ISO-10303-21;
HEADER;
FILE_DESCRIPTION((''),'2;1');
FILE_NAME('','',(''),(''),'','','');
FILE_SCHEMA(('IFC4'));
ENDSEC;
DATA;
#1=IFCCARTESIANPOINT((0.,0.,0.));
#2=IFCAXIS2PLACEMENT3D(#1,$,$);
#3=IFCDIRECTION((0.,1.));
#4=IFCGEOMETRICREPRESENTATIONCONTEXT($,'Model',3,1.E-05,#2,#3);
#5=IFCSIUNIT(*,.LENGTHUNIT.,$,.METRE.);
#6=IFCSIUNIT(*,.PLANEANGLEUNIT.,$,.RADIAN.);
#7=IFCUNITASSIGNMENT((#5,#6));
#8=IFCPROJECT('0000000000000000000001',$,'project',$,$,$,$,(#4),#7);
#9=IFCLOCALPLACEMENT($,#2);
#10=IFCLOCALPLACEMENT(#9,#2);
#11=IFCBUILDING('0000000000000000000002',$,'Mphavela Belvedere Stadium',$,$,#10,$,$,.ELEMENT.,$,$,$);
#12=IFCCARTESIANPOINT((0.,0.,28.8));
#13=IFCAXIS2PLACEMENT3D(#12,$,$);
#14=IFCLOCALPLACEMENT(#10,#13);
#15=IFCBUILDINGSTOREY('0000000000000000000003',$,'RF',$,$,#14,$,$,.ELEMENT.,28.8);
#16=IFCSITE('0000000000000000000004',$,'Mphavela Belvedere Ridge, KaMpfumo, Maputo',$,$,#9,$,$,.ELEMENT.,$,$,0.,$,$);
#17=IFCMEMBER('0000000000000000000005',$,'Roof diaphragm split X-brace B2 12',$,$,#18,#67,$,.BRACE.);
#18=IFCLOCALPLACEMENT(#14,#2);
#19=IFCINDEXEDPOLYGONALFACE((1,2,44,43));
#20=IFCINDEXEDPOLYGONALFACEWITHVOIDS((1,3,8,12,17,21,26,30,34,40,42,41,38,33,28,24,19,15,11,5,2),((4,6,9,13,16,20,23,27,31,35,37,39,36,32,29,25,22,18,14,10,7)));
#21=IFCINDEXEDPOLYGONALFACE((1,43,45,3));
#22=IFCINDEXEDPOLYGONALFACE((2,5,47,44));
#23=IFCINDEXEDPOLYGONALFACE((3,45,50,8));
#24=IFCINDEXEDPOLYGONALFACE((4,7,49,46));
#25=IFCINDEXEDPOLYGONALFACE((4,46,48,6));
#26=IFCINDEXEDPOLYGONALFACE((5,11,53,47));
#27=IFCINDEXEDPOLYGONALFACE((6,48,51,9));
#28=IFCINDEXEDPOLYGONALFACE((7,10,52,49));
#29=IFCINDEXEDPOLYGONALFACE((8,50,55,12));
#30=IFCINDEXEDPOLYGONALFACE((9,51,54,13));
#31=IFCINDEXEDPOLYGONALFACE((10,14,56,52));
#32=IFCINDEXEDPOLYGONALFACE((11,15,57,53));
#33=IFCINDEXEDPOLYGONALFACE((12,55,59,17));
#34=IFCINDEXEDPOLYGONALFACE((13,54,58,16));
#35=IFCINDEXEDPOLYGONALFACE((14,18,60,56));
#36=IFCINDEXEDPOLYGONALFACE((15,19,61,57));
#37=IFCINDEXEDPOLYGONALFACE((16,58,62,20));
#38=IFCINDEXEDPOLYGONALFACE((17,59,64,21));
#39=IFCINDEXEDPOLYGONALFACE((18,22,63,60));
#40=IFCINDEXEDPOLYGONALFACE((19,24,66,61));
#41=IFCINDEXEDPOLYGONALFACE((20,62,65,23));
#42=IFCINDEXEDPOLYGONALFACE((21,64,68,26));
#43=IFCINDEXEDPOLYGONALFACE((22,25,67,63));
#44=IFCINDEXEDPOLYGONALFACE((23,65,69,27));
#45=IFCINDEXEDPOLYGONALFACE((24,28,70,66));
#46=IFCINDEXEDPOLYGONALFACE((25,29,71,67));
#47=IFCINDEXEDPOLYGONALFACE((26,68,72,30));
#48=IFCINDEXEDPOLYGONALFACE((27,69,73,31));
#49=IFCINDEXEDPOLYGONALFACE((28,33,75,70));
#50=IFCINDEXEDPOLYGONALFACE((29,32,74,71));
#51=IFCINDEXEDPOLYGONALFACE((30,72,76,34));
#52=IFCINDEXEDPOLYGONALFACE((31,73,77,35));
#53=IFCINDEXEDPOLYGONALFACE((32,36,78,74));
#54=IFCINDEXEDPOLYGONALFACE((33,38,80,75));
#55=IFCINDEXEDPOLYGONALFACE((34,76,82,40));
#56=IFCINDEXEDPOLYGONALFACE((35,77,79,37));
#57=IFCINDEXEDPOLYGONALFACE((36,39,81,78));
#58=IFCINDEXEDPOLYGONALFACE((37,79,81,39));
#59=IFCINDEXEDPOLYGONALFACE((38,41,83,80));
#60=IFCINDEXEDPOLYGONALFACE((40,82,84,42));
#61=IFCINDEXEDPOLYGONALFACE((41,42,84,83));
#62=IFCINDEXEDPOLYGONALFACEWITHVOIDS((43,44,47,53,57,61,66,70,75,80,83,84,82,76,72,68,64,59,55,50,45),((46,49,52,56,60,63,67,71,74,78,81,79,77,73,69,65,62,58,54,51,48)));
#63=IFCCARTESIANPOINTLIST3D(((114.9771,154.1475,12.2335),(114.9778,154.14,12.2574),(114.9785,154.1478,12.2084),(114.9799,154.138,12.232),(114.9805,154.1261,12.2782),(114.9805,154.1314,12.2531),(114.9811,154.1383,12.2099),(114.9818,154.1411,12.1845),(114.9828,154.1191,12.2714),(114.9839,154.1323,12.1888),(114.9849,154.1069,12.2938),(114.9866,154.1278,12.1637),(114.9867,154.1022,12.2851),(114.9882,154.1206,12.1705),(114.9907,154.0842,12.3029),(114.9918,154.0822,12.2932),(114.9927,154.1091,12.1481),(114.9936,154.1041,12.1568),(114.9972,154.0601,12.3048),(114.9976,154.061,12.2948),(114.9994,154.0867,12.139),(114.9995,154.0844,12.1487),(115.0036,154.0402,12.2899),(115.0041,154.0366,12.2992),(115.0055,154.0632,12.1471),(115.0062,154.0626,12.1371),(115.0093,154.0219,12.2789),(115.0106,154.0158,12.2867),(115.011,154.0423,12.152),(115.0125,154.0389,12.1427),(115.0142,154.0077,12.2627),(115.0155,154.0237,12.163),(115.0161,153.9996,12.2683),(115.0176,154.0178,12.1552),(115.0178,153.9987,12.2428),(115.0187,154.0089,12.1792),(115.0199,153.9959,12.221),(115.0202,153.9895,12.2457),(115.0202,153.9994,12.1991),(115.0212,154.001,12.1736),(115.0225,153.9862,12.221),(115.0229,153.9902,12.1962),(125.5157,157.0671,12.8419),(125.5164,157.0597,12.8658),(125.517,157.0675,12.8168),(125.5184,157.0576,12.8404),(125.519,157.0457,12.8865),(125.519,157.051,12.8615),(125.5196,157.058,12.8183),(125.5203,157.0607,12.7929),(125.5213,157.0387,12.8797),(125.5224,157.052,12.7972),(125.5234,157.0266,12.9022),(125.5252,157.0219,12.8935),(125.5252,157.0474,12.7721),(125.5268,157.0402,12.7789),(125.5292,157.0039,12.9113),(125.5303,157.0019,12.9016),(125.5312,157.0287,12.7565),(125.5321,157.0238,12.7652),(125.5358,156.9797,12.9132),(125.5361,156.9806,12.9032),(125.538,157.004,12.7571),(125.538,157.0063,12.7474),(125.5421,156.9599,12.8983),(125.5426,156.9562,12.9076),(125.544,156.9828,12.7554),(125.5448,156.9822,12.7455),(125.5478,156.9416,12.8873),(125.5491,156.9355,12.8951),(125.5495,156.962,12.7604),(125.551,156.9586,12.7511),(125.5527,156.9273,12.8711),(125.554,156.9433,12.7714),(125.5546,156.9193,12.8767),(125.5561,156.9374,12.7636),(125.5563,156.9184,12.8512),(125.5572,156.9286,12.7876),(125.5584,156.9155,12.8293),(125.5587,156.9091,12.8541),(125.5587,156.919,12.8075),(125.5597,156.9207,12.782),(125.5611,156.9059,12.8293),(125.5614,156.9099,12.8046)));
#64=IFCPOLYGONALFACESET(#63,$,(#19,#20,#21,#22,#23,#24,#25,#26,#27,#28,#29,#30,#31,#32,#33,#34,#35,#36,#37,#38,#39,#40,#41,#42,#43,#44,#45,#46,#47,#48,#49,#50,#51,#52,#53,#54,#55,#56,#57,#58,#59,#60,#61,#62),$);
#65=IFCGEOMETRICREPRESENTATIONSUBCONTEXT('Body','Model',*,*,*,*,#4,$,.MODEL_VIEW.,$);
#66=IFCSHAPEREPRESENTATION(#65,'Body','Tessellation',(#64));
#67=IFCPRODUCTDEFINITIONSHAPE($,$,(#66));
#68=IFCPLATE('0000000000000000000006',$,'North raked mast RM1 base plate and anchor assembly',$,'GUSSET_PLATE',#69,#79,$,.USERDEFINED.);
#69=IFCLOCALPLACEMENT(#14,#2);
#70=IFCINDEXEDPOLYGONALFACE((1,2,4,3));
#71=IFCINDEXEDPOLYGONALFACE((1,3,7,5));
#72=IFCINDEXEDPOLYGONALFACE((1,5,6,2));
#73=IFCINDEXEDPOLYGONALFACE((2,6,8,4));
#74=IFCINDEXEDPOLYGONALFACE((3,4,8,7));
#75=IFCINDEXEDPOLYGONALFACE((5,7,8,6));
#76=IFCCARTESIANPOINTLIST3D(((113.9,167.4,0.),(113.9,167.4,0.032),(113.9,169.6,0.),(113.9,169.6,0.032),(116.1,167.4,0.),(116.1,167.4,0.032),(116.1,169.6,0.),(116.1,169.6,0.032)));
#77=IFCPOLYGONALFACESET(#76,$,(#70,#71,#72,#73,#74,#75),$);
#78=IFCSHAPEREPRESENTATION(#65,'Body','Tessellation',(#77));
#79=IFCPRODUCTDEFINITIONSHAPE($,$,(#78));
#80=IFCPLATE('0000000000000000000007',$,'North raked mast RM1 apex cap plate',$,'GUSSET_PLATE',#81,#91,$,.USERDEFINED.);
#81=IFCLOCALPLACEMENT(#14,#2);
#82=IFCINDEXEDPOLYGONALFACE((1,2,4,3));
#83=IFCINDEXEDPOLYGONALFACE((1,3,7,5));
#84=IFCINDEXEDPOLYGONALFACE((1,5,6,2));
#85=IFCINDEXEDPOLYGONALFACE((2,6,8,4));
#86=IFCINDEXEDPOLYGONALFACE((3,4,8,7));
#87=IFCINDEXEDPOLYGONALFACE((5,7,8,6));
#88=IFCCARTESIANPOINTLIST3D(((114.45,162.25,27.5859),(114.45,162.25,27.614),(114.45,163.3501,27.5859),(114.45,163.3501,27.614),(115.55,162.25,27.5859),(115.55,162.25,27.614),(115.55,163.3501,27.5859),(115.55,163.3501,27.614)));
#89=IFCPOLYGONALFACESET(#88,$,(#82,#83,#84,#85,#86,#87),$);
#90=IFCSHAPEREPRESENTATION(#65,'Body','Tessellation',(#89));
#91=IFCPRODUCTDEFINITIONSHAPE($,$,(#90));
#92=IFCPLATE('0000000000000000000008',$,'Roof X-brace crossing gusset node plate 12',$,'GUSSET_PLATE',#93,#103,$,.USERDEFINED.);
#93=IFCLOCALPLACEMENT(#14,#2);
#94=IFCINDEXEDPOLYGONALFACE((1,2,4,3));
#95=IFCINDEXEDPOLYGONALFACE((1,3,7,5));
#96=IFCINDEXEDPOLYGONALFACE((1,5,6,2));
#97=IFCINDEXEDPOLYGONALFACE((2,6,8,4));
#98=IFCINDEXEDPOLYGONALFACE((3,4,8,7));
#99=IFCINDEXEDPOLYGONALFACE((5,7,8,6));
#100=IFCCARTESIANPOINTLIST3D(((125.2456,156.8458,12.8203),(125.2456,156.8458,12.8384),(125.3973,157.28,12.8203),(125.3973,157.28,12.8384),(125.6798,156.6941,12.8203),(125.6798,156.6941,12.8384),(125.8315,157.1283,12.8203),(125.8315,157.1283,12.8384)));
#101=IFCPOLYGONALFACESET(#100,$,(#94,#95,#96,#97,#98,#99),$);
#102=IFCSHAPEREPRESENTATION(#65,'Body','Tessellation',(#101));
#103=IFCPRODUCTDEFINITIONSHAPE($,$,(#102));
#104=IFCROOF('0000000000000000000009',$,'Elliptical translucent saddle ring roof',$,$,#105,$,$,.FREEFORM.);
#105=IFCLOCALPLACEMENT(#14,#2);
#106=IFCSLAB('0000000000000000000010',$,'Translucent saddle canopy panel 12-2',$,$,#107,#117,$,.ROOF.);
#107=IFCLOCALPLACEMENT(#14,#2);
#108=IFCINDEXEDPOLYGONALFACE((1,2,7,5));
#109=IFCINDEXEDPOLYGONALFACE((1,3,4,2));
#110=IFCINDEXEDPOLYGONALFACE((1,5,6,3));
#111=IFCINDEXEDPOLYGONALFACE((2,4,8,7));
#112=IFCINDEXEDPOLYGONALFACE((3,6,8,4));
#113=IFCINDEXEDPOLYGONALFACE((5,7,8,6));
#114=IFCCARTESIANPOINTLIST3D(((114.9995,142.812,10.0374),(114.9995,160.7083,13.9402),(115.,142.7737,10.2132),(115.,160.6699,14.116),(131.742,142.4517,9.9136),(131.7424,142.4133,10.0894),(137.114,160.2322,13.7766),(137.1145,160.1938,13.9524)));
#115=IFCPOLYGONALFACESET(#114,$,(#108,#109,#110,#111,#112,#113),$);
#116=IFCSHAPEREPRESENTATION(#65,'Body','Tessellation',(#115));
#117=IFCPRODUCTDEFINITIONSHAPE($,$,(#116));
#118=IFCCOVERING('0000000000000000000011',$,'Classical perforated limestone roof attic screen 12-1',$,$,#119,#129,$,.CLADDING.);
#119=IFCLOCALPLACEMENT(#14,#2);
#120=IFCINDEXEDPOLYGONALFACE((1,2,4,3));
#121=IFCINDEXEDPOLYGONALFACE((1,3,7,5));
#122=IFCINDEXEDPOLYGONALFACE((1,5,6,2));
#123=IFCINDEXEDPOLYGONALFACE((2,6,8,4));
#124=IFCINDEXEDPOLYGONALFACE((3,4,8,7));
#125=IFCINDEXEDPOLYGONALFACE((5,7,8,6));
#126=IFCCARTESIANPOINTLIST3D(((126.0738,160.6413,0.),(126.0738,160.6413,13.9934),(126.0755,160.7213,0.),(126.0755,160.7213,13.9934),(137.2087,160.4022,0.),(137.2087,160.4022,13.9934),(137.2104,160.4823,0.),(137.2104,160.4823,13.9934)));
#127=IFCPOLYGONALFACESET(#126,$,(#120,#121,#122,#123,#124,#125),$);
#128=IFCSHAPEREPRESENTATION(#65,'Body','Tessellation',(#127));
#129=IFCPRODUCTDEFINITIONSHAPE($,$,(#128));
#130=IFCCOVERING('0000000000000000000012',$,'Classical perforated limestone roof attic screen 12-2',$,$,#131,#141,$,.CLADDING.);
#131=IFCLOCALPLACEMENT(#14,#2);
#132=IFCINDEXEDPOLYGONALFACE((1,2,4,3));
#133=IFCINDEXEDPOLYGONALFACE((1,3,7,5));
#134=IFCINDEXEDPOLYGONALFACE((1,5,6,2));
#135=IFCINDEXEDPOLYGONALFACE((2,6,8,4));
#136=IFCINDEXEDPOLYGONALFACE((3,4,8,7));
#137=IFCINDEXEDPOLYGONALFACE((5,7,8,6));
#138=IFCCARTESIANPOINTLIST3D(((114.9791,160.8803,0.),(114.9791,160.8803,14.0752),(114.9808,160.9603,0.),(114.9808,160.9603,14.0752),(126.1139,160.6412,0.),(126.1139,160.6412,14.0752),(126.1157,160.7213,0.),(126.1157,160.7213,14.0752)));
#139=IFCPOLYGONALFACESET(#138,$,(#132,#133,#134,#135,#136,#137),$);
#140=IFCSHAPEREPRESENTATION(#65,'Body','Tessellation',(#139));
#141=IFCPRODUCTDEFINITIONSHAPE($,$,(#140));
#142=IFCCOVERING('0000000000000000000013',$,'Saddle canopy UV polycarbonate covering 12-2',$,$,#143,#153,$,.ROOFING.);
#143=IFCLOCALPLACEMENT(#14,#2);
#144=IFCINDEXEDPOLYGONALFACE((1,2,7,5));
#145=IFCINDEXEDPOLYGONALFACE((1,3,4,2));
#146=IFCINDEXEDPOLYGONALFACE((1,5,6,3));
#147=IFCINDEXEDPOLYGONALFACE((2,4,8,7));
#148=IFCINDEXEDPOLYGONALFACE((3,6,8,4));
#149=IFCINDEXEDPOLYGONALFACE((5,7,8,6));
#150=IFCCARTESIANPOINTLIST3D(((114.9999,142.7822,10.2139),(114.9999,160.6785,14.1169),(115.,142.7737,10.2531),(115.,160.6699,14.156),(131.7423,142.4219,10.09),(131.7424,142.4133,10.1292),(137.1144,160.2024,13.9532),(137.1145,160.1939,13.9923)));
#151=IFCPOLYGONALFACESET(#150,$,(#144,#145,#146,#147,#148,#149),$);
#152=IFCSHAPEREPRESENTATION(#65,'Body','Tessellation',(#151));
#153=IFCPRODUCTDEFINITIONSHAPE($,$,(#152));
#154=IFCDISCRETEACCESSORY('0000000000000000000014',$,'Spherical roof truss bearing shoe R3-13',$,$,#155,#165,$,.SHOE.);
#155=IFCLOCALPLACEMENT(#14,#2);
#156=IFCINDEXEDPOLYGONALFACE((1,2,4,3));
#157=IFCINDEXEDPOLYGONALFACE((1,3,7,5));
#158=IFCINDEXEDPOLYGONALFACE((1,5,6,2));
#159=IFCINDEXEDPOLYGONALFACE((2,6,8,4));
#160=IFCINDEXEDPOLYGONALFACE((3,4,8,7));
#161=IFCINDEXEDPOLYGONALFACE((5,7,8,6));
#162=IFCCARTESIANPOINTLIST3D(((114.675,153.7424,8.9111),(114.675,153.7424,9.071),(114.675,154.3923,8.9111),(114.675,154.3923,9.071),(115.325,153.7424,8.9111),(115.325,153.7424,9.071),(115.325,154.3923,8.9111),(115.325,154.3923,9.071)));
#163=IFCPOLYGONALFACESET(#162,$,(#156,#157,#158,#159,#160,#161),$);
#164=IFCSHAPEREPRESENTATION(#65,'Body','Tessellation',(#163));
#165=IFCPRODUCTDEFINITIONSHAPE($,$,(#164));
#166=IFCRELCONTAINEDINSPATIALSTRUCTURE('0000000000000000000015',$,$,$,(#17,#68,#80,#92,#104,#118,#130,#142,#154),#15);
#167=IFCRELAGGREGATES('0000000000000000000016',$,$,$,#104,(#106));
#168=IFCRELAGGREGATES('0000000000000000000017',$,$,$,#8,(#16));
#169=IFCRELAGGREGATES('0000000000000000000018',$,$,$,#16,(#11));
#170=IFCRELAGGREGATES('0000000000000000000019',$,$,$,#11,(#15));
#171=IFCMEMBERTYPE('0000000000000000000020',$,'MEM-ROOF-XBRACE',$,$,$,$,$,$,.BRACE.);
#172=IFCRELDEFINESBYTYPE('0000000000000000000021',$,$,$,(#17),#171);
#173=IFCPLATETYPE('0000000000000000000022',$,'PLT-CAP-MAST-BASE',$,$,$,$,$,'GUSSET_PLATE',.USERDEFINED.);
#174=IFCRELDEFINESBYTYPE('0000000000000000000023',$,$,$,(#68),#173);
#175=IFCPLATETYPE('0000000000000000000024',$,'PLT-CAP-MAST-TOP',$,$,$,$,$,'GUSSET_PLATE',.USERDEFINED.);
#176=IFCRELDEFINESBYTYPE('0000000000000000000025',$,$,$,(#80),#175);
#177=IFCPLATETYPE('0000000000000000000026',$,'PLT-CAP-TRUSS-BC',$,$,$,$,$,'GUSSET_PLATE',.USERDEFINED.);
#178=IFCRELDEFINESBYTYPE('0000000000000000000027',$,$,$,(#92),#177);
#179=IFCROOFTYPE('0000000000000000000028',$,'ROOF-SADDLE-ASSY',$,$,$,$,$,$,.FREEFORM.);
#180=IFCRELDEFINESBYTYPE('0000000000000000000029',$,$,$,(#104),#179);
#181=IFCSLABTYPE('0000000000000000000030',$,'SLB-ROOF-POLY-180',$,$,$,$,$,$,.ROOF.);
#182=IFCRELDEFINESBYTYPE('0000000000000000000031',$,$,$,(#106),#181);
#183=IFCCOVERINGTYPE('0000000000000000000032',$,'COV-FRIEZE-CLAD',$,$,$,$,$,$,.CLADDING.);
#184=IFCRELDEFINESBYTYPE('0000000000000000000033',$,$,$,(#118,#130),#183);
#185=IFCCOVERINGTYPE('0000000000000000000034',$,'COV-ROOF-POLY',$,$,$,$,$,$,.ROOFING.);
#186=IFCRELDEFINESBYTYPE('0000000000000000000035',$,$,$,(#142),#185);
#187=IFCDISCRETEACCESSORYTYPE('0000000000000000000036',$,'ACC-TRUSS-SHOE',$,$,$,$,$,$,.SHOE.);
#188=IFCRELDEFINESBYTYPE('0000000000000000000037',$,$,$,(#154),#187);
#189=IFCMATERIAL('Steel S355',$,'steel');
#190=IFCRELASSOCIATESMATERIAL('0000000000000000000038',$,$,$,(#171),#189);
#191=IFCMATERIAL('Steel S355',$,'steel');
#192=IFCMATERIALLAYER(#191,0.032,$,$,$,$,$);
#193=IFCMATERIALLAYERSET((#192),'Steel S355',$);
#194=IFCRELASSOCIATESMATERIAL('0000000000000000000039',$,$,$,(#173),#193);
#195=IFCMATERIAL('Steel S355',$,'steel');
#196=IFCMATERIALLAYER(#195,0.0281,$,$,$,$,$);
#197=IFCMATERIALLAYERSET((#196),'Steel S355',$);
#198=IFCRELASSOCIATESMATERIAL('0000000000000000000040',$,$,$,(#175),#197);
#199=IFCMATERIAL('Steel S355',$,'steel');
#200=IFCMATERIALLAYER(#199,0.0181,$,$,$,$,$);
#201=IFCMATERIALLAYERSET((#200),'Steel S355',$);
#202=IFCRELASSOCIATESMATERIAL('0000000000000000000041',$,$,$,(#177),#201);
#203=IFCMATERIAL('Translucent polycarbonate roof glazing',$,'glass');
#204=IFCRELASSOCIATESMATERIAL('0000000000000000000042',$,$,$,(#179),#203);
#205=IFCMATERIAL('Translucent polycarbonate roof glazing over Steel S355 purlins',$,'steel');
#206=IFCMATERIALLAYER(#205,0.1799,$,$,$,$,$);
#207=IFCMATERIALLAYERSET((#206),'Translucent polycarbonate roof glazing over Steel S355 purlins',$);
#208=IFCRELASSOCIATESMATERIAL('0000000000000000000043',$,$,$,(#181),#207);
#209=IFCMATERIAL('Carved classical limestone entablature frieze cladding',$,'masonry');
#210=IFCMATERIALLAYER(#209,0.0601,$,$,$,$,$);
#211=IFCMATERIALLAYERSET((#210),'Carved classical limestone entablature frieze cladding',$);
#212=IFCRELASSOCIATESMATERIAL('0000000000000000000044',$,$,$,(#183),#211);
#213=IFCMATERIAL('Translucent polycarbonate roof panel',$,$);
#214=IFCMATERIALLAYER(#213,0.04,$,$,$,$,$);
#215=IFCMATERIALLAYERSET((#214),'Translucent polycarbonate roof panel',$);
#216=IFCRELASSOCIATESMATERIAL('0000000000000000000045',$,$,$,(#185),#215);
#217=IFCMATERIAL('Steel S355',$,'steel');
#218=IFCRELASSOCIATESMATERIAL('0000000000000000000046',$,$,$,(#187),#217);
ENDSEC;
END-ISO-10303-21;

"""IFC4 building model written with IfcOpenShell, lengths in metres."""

from ifc_helpers import new_model, si_unit, direction, frame, origin, origin_2d, place, context, subcontext, project, spatial, polyline, rectangle, hollow_circle, outline, extrude, material, layer, layer_set, material_profile, profile_set, type_object, element, aggregate, save


model = new_model("IFC4")

# Units and contexts
model_context = context("Model", 3, precision=1e-05, world=origin(), true_north=direction((0.0, 1.0)))
body_context = subcontext(model_context, "Body", "Model", "MODEL_VIEW")
ifc_project = project(units=[si_unit("LENGTHUNIT", "METRE"), si_unit("PLANEANGLEUNIT", "RADIAN")], contexts=[model_context])

# Site, building, storey
site_placement = place(None, origin())
site = spatial("IfcSite", under=ifc_project, at=site_placement, Name="Mphavela Belvedere Ridge, KaMpfumo, Maputo", CompositionType="ELEMENT", RefElevation=0.0)
building_placement = place(site_placement, origin())
building = spatial("IfcBuilding", under=site, at=building_placement, Name="Mphavela Belvedere Stadium", CompositionType="ELEMENT")
storey_placement = place(building_placement, frame((0.0, 0.0, 28.8)))
storey = spatial("IfcBuildingStorey", under=building, at=storey_placement, Name="RF", CompositionType="ELEMENT", Elevation=28.8)

# Member
ifc_material_1 = material(Name="Steel S355", Category="steel")
ifc_material_profile_1 = material_profile(ifc_material_1, hollow_circle(Radius=0.0842, WallThickness=0.01, at=origin_2d()), Name="CHS 168.3x10")
ifc_profile_set_1 = profile_set([ifc_material_profile_1], Name="Steel S355")
member_type_1 = type_object("IfcMemberType", Name="MEM-ROOF-XBRACE", PredefinedType="BRACE", material=ifc_profile_set_1)
member_1_placement = place(storey_placement, frame((125.5386, 156.9871, 12.8293), z_axis=(-0.962211, -0.266578, -0.055549), x_axis=(0.26699, -0.963699, 0.0)))
element("IfcMember", 1, at=member_1_placement, inside=storey, type_object=member_type_1, Name="Roof diaphragm split X-brace B2 12", PredefinedType="BRACE", context=body_context, shape_type="SweptSolid", body=[
    extrude(hollow_circle(Radius=0.0842, WallThickness=0.01, at=origin_2d()), origin(), (0.0, 0.0, 1.0), 10.9524),
])

# Plates
ifc_material_2 = material(Name="Steel S355", Category="steel")
ifc_layer_1 = layer(ifc_material_2, 0.032)
ifc_layer_set_1 = layer_set([ifc_layer_1], Name="Steel S355")
plate_type_1 = type_object("IfcPlateType", Name="PLT-CAP-MAST-BASE", ElementType="GUSSET_PLATE", PredefinedType="USERDEFINED", material=ifc_layer_set_1)
plate_1_placement = place(storey_placement, frame((115.0, 168.5, 0.0), z_axis=(0.0, 0.0, 1.0), x_axis=(1.0, 0.0, 0.0)))
element("IfcPlate", 2, at=plate_1_placement, inside=storey, type_object=plate_type_1, Name="North raked mast RM1 base plate and anchor assembly", ObjectType="GUSSET_PLATE", PredefinedType="USERDEFINED", context=body_context, shape_type="SweptSolid", body=[
    extrude(rectangle(XDim=2.2, YDim=2.2, at=origin_2d()), origin(), (0.0, 0.0, 1.0), 0.032),
])
ifc_material_3 = material(Name="Steel S355", Category="steel")
ifc_layer_2 = layer(ifc_material_3, 0.0281)
ifc_layer_set_2 = layer_set([ifc_layer_2], Name="Steel S355")
plate_type_2 = type_object("IfcPlateType", Name="PLT-CAP-MAST-TOP", ElementType="GUSSET_PLATE", PredefinedType="USERDEFINED", material=ifc_layer_set_2)
plate_2_placement = place(storey_placement, frame((115.0, 162.8, 27.5859), z_axis=(0.0, 0.0, 1.0), x_axis=(1.0, 0.0, 0.0)))
element("IfcPlate", 3, at=plate_2_placement, inside=storey, type_object=plate_type_2, Name="North raked mast RM1 apex cap plate", ObjectType="GUSSET_PLATE", PredefinedType="USERDEFINED", context=body_context, shape_type="SweptSolid", body=[
    extrude(rectangle(XDim=1.1001, YDim=1.1001, at=origin_2d()), origin(), (0.0, 0.0, 1.0), 0.0281),
])
ifc_material_4 = material(Name="Steel S355", Category="steel")
ifc_layer_3 = layer(ifc_material_4, 0.0181)
ifc_layer_set_3 = layer_set([ifc_layer_3], Name="Steel S355")
plate_type_3 = type_object("IfcPlateType", Name="PLT-CAP-TRUSS-BC", ElementType="GUSSET_PLATE", PredefinedType="USERDEFINED", material=ifc_layer_set_3)
plate_3_placement = place(storey_placement, frame((125.5386, 156.9871, 12.8203), z_axis=(0.0, 0.0, 1.0), x_axis=(-0.944031, 0.329855, 0.0)))
element("IfcPlate", 4, at=plate_3_placement, inside=storey, type_object=plate_type_3, Name="Roof X-brace crossing gusset node plate 12", ObjectType="GUSSET_PLATE", PredefinedType="USERDEFINED", context=body_context, shape_type="SweptSolid", body=[
    extrude(rectangle(XDim=0.46, YDim=0.46, at=origin_2d()), origin(), (0.0, 0.0, 1.0), 0.0181),
])

# Roof, slab
ifc_material_5 = material(Name="Translucent polycarbonate roof glazing", Category="glass")
roof_type = type_object("IfcRoofType", Name="ROOF-SADDLE-ASSY", PredefinedType="FREEFORM", material=ifc_material_5)
roof_placement = place(storey_placement, origin())
roof = element("IfcRoof", 5, at=roof_placement, inside=storey, type_object=roof_type, Name="Elliptical translucent saddle ring roof", PredefinedType="FREEFORM")
ifc_material_6 = material(Name="Translucent polycarbonate roof glazing over Steel S355 purlins", Category="steel")
ifc_layer_4 = layer(ifc_material_6, 0.1799)
ifc_layer_set_4 = layer_set([ifc_layer_4], Name="Translucent polycarbonate roof glazing over Steel S355 purlins")
slab_type = type_object("IfcSlabType", Name="SLB-ROOF-POLY-180", PredefinedType="ROOF", material=ifc_layer_set_4)
slab_placement = place(storey_placement, frame((131.7424, 142.4133, 10.0894), z_axis=(0.002639, -0.213071, 0.977033), x_axis=(-0.999741, 0.021517, 0.007393)))
slab = element("IfcSlab", 6, at=slab_placement, type_object=slab_type, Name="Translucent saddle canopy panel 12-2", PredefinedType="ROOF", context=body_context, shape_type="SweptSolid", body=[
    extrude(outline(polyline([(0.0, 0.0), (16.7468, 0.0), (17.1607, -18.3122), (-4.9595, -18.3121), (0.0, 0.0)])), origin(), (0.0, 0.0, -1.0), 0.1799),
])
aggregate(roof, [slab])

# Coverings
ifc_material_7 = material(Name="Carved classical limestone entablature frieze cladding", Category="masonry")
ifc_layer_5 = layer(ifc_material_7, 0.0601)
ifc_layer_set_5 = layer_set([ifc_layer_5], Name="Carved classical limestone entablature frieze cladding")
covering_type_1 = type_object("IfcCoveringType", Name="COV-FRIEZE-CLAD", PredefinedType="CLADDING", material=ifc_layer_set_5)
covering_1_placement = place(storey_placement, frame((131.6421, 160.5618, 0.0), z_axis=(0.0, 0.0, 1.0), x_axis=(-0.99977, 0.021466, 0.0)))
element("IfcCovering", 7, at=covering_1_placement, inside=storey, type_object=covering_type_1, Name="Classical perforated limestone roof attic screen 12-1", PredefinedType="CLADDING", context=body_context, shape_type="SweptSolid", body=[
    extrude(rectangle(XDim=11.1375, YDim=0.0801, at=origin_2d()), origin(), (0.0, 0.0, 1.0), 13.9934),
])
covering_2_placement = place(storey_placement, frame((120.5474, 160.8008, 0.0), z_axis=(0.0, 0.0, 1.0), x_axis=(-0.99977, 0.021466, 0.0)))
element("IfcCovering", 8, at=covering_2_placement, inside=storey, type_object=covering_type_1, Name="Classical perforated limestone roof attic screen 12-2", PredefinedType="CLADDING", context=body_context, shape_type="SweptSolid", body=[
    extrude(rectangle(XDim=11.1375, YDim=0.0801, at=origin_2d()), origin(), (0.0, 0.0, 1.0), 14.0752),
])
ifc_material_8 = material(Name="Translucent polycarbonate roof panel")
ifc_layer_6 = layer(ifc_material_8, 0.04)
ifc_layer_set_6 = layer_set([ifc_layer_6], Name="Translucent polycarbonate roof panel")
covering_type_2 = type_object("IfcCoveringType", Name="COV-ROOF-POLY", PredefinedType="ROOFING", material=ifc_layer_set_6)
covering_3_placement = place(storey_placement, frame((131.7424, 142.4133, 10.1292), z_axis=(0.002645, -0.213078, 0.977032), x_axis=(-0.999741, 0.021519, 0.007399)))
element("IfcCovering", 9, at=covering_3_placement, inside=storey, type_object=covering_type_2, Name="Saddle canopy UV polycarbonate covering 12-2", PredefinedType="ROOFING", context=body_context, shape_type="SweptSolid", body=[
    extrude(outline(polyline([(0.0, 0.0), (16.7468, 0.0), (17.1608, -18.3122), (-4.9595, -18.3121), (0.0, 0.0)])), origin(), (0.0, 0.0, -1.0), 0.04),
])

# Discrete accessory
ifc_material_9 = material(Name="Steel S355", Category="steel")
discrete_accessory_type = type_object("IfcDiscreteAccessoryType", Name="ACC-TRUSS-SHOE", PredefinedType="SHOE", material=ifc_material_9)
discrete_accessory_placement = place(storey_placement, frame((115.0, 154.0674, 8.9111), z_axis=(0.0, 0.0, 1.0), x_axis=(0.0, 1.0, 0.0)))
element("IfcDiscreteAccessory", 10, at=discrete_accessory_placement, inside=storey, type_object=discrete_accessory_type, Name="Spherical roof truss bearing shoe R3-13", PredefinedType="SHOE", context=body_context, shape_type="SweptSolid", body=[
    extrude(rectangle(XDim=0.6499, YDim=0.6499, at=origin_2d()), origin(), (0.0, 0.0, 1.0), 0.1599),
])

save(model, "model.ifc")
